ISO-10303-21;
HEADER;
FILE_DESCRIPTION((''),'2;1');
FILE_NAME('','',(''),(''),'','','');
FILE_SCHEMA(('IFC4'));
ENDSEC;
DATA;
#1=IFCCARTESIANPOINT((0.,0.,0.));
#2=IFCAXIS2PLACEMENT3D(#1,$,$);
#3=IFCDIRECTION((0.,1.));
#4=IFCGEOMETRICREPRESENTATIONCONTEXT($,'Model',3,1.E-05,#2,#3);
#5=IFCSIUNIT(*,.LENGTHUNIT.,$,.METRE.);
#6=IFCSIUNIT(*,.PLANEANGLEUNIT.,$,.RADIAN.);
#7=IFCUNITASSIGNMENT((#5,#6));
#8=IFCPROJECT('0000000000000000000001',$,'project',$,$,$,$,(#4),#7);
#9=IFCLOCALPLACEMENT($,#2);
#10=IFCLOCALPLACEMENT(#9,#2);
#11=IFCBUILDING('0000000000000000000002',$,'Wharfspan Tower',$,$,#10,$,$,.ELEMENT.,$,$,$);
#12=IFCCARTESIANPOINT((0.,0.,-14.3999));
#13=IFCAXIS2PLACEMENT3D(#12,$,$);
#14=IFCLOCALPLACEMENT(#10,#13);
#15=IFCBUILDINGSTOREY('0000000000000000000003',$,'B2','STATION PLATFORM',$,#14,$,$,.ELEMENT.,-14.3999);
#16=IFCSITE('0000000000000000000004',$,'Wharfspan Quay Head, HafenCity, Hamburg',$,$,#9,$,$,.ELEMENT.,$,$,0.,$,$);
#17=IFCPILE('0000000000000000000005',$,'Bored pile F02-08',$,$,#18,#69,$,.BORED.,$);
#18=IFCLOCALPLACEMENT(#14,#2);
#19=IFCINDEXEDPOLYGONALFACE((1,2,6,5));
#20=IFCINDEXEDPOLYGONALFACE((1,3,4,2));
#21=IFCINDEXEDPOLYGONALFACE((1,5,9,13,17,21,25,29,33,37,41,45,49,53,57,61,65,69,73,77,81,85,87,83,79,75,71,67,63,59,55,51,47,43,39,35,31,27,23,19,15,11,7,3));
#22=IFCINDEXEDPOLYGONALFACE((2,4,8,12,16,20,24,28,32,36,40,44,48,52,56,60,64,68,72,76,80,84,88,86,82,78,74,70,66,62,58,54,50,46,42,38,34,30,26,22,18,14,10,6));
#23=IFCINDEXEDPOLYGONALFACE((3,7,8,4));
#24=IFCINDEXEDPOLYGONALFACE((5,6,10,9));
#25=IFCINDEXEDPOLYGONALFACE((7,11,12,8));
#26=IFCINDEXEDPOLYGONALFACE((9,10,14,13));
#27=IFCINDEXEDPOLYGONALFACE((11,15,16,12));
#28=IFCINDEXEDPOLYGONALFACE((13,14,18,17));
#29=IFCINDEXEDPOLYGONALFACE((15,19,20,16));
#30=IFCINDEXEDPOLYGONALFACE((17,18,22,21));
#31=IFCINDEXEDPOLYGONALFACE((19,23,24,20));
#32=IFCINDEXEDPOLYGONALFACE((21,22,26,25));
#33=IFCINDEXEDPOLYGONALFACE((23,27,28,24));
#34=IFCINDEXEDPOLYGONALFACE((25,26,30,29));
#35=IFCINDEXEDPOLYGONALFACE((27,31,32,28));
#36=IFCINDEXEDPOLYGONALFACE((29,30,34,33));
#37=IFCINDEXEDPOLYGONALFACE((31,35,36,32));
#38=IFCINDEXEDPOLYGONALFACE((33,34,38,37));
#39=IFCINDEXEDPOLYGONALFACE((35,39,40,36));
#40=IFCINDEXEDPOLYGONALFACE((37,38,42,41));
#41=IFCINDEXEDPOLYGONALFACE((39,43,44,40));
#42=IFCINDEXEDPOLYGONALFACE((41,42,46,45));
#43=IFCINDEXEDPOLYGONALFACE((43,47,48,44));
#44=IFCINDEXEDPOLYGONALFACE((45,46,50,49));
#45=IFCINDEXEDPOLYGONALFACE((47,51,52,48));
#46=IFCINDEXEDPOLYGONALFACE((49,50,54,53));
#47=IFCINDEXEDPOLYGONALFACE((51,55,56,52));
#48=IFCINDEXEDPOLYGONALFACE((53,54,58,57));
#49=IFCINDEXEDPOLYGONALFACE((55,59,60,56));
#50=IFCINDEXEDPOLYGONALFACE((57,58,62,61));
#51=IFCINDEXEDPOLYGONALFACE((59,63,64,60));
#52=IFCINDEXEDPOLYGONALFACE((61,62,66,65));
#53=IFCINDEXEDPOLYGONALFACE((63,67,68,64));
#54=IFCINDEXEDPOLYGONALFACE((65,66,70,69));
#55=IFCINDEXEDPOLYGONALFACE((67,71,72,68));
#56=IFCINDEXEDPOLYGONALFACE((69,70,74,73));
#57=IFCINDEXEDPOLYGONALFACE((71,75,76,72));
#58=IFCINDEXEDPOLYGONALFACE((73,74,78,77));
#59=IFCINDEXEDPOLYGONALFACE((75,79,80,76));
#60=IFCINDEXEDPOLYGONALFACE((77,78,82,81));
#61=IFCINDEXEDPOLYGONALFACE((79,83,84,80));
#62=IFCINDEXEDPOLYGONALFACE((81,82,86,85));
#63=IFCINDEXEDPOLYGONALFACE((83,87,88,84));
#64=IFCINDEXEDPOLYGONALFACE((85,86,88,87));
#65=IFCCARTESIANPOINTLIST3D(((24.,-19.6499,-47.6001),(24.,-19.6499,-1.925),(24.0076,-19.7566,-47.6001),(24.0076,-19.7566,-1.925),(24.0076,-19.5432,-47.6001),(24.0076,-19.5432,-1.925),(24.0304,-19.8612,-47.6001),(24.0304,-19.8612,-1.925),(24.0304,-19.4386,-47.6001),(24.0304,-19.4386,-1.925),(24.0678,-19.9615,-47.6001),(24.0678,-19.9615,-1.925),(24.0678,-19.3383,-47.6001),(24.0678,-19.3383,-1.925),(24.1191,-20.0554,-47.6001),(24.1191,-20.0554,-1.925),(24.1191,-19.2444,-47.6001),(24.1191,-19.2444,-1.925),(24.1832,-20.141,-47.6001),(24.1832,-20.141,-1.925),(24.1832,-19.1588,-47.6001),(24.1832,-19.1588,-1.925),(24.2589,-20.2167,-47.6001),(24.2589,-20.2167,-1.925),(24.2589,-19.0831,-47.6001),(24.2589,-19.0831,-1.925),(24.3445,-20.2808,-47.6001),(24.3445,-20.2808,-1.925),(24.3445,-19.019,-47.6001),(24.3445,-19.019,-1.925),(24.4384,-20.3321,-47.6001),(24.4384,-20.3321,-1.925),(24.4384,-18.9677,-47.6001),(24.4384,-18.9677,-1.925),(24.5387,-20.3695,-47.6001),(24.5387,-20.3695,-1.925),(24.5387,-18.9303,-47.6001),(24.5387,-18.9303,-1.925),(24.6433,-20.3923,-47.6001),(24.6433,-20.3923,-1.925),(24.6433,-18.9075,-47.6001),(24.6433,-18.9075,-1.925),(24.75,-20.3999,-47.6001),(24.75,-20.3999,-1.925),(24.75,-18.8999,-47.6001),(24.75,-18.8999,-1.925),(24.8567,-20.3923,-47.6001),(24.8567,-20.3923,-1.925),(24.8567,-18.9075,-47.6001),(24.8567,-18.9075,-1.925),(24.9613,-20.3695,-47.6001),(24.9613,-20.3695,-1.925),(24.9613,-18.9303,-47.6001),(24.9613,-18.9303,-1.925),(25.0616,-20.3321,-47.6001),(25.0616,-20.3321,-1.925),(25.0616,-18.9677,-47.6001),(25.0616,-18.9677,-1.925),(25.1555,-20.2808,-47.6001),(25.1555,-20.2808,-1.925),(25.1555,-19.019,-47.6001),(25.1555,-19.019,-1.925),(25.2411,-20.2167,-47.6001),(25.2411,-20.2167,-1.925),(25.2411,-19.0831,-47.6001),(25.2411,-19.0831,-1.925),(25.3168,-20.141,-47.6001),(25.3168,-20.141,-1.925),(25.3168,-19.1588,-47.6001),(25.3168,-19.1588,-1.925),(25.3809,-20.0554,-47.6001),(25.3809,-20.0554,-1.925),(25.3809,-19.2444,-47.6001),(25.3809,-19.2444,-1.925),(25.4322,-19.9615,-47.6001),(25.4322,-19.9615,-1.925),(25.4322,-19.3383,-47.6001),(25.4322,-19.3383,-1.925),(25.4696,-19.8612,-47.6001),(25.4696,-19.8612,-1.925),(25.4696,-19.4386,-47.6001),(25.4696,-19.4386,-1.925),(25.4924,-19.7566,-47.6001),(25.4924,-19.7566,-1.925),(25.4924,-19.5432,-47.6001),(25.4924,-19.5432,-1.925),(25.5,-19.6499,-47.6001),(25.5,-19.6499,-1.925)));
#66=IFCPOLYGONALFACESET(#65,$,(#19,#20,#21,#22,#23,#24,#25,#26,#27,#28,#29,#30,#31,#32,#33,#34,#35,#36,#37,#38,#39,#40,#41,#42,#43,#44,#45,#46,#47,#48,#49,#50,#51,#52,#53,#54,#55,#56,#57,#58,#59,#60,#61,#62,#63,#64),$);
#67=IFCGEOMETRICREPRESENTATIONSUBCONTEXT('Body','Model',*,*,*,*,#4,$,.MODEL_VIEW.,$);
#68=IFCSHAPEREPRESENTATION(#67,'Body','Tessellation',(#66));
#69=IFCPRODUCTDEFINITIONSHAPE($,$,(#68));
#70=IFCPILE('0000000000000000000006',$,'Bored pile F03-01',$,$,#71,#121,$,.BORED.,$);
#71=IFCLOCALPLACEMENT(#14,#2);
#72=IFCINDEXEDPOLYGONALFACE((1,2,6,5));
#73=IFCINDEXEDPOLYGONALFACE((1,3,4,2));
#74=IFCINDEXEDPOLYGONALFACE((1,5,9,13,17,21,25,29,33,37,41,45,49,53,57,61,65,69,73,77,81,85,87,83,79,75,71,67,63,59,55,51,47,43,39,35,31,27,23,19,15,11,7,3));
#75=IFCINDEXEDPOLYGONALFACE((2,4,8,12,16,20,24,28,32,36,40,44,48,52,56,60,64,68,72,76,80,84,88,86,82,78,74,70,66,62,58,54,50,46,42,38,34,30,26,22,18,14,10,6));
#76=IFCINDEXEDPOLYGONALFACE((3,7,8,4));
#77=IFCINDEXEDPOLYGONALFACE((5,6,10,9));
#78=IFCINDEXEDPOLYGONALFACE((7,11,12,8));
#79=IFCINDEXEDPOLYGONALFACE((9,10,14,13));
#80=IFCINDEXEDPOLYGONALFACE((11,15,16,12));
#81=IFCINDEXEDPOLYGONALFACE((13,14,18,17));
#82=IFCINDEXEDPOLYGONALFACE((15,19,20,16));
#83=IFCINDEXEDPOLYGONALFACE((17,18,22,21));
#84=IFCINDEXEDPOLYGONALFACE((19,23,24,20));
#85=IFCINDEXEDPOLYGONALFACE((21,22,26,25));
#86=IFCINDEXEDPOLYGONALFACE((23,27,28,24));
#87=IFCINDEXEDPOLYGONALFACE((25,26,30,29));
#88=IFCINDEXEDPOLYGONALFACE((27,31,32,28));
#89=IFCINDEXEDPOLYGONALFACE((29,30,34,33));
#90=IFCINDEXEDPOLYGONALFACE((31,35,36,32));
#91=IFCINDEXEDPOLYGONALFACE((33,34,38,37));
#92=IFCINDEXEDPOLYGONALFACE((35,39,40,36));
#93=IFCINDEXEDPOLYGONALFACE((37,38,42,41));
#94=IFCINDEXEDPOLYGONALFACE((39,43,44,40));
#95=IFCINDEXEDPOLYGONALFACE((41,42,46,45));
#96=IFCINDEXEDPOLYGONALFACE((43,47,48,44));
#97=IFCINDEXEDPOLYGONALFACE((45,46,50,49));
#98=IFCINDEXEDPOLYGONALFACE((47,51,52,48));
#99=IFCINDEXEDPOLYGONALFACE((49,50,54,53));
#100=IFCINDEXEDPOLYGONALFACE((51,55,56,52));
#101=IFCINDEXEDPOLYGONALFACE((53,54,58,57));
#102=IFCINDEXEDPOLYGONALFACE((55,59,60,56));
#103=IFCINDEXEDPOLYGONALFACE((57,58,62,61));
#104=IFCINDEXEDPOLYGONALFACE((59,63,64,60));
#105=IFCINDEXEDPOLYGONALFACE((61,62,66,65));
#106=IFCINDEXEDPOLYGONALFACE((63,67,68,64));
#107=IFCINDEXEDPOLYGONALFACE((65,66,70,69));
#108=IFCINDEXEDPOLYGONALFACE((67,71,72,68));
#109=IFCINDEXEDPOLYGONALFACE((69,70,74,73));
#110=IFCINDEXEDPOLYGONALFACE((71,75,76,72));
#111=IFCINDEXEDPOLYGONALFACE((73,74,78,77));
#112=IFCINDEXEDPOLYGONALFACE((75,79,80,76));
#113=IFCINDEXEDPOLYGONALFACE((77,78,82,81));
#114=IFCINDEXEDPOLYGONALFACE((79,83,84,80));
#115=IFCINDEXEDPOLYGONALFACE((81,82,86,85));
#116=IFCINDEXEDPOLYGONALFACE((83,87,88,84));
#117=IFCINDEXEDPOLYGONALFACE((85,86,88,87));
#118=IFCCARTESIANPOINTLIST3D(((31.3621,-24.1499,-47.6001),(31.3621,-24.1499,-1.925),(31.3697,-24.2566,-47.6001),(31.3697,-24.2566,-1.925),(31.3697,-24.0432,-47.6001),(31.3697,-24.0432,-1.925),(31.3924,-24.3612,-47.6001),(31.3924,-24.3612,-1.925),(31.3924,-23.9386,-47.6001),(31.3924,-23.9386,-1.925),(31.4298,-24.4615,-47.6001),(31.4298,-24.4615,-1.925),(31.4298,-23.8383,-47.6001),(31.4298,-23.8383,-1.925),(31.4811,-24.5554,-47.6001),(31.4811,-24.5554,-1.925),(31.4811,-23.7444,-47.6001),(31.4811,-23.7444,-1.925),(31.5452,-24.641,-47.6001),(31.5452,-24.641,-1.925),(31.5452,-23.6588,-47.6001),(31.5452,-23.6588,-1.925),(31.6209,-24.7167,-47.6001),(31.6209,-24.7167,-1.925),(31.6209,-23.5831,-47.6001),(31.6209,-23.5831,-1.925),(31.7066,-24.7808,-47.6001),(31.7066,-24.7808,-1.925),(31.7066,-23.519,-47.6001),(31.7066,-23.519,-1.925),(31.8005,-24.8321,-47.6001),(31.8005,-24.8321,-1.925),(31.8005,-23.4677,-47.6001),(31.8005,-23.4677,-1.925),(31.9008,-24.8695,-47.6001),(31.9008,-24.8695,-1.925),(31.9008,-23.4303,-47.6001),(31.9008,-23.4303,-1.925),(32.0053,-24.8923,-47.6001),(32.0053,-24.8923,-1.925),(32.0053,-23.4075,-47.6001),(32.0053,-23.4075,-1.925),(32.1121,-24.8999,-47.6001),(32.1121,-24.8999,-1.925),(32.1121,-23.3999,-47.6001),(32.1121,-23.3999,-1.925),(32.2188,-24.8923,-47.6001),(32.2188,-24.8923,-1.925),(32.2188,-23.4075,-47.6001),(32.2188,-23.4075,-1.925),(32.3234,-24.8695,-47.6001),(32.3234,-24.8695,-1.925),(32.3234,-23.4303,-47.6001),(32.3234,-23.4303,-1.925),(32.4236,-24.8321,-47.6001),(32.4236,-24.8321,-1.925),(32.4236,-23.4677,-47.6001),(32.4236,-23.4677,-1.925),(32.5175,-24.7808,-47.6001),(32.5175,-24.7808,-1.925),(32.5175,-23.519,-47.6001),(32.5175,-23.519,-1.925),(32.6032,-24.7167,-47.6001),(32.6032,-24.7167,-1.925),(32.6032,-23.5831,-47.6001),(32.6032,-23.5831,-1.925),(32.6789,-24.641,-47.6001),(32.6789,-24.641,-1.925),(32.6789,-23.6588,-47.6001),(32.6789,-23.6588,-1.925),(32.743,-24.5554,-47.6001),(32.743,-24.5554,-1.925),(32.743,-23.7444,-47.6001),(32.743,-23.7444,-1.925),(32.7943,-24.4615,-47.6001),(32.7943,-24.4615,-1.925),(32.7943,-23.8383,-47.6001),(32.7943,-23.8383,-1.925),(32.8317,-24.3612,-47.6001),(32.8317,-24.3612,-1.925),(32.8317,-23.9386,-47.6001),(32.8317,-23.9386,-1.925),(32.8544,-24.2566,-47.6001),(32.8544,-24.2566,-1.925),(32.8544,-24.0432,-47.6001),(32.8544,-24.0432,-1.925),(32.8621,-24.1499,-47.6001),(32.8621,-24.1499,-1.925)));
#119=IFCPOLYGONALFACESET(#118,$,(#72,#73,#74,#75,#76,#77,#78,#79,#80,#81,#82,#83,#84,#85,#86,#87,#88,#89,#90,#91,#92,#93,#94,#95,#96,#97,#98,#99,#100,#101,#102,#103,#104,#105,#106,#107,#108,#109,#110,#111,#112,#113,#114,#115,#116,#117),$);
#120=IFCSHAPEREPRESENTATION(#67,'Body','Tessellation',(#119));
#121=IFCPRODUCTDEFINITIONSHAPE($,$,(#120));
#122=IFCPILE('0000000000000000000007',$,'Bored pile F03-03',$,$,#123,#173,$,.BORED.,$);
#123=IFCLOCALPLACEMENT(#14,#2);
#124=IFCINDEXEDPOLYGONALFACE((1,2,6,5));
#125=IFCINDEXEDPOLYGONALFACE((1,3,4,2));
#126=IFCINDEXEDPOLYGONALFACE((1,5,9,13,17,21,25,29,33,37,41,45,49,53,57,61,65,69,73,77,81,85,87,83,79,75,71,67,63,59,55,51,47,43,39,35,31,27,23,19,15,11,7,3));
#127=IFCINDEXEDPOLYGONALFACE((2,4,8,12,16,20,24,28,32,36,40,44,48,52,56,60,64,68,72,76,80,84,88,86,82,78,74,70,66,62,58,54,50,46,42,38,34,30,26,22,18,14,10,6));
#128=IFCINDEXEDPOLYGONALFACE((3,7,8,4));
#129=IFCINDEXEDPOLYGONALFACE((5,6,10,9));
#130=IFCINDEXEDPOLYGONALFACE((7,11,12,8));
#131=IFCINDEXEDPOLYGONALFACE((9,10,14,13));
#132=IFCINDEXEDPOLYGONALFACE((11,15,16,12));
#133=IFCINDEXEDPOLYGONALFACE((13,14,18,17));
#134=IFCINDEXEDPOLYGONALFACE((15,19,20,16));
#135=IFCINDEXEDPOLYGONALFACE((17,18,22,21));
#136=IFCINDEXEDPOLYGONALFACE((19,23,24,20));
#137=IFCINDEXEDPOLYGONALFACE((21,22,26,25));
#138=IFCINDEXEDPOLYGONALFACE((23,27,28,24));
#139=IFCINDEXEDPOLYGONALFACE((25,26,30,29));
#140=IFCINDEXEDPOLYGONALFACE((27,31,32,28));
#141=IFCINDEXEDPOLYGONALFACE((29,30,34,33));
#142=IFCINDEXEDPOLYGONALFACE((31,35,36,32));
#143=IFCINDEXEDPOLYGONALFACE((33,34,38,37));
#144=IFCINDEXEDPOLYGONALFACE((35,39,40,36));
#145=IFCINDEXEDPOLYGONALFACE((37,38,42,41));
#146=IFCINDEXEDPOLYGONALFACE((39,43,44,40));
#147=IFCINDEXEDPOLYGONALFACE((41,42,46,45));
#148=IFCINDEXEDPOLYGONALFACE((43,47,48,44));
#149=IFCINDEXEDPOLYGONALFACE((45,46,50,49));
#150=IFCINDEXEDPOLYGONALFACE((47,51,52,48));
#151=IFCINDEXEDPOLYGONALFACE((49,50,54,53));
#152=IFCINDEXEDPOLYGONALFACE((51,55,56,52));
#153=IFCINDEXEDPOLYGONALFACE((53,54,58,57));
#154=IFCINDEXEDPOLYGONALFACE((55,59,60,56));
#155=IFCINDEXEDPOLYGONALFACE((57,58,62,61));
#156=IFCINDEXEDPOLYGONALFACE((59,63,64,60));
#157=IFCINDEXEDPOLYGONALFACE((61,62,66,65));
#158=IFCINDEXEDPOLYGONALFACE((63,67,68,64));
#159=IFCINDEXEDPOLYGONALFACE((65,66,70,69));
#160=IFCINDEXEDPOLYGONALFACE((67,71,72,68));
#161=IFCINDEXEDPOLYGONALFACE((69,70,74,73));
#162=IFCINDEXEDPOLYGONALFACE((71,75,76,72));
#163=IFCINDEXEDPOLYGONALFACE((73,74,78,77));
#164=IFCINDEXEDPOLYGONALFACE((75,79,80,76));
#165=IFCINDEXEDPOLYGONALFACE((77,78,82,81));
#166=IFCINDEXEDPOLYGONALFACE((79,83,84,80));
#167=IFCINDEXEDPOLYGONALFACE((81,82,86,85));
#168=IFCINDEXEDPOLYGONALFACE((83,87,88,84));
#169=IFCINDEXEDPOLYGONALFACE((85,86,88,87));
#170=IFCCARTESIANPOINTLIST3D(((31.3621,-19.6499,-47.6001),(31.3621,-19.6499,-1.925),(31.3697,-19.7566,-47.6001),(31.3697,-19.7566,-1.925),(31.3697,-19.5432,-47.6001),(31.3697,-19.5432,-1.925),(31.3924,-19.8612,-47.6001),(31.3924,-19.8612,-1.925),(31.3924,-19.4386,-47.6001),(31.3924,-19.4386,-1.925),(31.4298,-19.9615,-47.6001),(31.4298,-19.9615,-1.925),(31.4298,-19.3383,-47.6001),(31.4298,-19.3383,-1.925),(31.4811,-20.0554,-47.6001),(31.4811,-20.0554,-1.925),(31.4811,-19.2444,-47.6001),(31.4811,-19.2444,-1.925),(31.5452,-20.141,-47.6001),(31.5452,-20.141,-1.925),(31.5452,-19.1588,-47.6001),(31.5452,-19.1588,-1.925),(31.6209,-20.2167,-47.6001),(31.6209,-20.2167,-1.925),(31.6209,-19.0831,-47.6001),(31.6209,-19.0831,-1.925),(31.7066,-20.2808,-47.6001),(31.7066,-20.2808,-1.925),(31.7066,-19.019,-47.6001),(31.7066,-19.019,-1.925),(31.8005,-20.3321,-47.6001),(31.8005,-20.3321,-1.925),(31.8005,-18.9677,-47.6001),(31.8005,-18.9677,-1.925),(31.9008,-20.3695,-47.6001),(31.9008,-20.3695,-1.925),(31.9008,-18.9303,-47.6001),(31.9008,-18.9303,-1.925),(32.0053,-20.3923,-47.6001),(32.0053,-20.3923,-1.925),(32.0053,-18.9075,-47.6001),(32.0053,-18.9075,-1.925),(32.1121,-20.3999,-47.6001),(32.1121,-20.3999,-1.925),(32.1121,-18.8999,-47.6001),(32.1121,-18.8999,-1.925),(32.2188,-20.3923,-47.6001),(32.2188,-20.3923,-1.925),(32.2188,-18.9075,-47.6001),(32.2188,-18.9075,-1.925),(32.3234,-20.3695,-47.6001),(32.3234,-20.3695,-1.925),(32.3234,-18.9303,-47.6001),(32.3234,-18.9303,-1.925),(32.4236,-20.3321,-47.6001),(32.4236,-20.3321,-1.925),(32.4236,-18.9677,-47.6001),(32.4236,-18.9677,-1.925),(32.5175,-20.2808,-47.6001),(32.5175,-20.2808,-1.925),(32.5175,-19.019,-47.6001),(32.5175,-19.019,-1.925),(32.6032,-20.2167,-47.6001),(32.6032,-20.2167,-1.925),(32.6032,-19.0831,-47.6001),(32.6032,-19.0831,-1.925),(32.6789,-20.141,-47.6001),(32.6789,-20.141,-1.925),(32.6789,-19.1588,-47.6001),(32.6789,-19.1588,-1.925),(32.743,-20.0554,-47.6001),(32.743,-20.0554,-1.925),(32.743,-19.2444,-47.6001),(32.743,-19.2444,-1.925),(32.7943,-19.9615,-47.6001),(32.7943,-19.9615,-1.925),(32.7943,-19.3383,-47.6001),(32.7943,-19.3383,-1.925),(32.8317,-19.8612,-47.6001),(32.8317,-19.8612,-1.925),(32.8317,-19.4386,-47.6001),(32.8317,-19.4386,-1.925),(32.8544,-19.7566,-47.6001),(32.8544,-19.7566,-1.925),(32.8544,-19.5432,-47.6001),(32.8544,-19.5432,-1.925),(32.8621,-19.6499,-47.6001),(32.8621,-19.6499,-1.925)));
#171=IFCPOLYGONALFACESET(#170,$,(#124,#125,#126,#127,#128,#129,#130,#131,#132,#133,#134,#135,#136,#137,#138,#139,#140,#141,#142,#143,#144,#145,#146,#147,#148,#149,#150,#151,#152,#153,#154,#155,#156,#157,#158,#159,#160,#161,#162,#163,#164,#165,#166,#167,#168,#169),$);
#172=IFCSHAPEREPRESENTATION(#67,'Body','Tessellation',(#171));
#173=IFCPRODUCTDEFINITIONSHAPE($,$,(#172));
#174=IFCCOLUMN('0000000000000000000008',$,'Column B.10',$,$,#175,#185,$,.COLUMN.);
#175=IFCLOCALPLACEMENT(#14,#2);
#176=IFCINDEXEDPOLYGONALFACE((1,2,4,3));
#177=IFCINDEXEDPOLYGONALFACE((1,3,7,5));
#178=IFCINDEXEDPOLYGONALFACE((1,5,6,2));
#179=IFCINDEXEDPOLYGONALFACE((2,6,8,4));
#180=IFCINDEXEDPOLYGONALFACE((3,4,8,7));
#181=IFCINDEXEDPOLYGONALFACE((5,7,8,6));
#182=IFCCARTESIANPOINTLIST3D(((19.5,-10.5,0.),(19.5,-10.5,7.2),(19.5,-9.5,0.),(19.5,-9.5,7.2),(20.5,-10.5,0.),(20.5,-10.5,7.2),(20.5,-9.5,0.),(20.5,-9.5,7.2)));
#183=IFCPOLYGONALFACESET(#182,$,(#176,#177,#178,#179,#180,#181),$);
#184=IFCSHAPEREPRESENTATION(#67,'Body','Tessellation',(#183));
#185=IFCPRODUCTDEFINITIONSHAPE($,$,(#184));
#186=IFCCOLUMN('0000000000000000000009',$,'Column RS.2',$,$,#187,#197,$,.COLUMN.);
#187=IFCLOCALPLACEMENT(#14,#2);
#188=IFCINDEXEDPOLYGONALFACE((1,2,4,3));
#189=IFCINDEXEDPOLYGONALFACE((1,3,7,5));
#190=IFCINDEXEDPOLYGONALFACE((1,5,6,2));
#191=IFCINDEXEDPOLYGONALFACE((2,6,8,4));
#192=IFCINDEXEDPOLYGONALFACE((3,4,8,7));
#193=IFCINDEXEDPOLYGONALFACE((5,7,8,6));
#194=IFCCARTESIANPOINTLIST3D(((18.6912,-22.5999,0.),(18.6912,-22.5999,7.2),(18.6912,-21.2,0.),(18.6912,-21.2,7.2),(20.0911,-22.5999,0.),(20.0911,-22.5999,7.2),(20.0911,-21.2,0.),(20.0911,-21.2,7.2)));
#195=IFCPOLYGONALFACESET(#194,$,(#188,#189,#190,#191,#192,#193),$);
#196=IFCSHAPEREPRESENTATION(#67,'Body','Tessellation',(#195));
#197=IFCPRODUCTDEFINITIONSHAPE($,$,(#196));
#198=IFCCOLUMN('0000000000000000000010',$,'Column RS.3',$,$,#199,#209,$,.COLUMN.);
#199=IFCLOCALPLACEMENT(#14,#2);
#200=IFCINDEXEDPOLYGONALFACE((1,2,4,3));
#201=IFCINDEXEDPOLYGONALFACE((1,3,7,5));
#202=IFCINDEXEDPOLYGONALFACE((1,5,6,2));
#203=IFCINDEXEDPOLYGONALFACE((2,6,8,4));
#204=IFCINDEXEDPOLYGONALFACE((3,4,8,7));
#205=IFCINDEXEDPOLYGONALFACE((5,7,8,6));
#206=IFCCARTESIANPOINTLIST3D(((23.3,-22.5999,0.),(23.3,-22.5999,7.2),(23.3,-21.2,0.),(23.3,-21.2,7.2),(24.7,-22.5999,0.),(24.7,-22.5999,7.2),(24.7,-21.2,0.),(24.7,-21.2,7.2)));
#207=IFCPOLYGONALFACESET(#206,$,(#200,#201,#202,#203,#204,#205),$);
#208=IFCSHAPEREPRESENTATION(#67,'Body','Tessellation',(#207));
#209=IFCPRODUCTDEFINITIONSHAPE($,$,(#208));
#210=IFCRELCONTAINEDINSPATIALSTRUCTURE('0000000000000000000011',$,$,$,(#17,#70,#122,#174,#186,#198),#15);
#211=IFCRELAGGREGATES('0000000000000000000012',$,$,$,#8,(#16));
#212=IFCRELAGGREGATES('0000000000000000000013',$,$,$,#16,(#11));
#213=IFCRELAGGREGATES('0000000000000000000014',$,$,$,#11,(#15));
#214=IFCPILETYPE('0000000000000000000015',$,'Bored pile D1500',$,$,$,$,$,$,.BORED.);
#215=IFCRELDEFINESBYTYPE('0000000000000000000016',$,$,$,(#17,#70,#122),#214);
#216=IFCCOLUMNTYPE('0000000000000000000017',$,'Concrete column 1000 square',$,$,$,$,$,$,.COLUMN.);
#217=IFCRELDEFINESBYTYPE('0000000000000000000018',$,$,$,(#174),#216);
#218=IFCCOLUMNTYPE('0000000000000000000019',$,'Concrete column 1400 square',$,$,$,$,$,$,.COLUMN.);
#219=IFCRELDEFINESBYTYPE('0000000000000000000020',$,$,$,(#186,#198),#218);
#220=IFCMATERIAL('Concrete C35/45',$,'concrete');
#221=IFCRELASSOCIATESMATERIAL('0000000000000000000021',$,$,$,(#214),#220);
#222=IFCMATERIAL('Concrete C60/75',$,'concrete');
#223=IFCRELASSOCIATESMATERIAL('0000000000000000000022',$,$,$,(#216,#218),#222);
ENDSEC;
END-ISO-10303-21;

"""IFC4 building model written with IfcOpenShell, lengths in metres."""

from ifc_helpers import new_model, si_unit, direction, frame, origin, origin_2d, place, context, subcontext, project, spatial, rectangle, circle, extrude, material, material_profile, profile_set, type_object, element, save


model = new_model("IFC4")

# Units and contexts
model_context = context("Model", 3, precision=1e-05, world=origin(), true_north=direction((0.0, 1.0)))
body_context = subcontext(model_context, "Body", "Model", "MODEL_VIEW")
ifc_project = project(units=[si_unit("LENGTHUNIT", "METRE"), si_unit("PLANEANGLEUNIT", "RADIAN")], contexts=[model_context])

# Site, building, storey
site_placement = place(None, origin())
site = spatial("IfcSite", under=ifc_project, at=site_placement, Name="Wharfspan Quay Head, HafenCity, Hamburg", CompositionType="ELEMENT", RefElevation=0.0)
building_placement = place(site_placement, origin())
building = spatial("IfcBuilding", under=site, at=building_placement, Name="Wharfspan Tower", CompositionType="ELEMENT")
storey_placement = place(building_placement, frame((0.0, 0.0, -14.3999)))
storey = spatial("IfcBuildingStorey", under=building, at=storey_placement, Name="B2", Description="STATION PLATFORM", CompositionType="ELEMENT", Elevation=-14.3999)

# Piles
ifc_material_1 = material(Name="Concrete C35/45", Category="concrete")
ifc_material_profile_1 = material_profile(ifc_material_1, circle(Radius=0.75, at=origin_2d()))
ifc_profile_set_1 = profile_set([ifc_material_profile_1], Name="Concrete C35/45")
pile_type = type_object("IfcPileType", Name="Bored pile D1500", PredefinedType="BORED", material=ifc_profile_set_1)
for number, where, z_axis, x_axis, name in (
    (1, (24.75, -19.6499, -1.925), (0.0, 0.0, -1.0), (1.0, 0.0, 0.0), "Bored pile F02-08"),
    (2, (32.1121, -24.1499, -1.925), (0.0, 0.0, -1.0), (1.0, 0.0, 0.0), "Bored pile F03-01"),
    (3, (32.1121, -19.6499, -1.925), (0.0, 0.0, -1.0), (1.0, 0.0, 0.0), "Bored pile F03-03"),
):
    element("IfcPile", number, at=place(storey_placement, frame(where, z_axis=z_axis, x_axis=x_axis)), inside=storey, type_object=pile_type, Name=name, PredefinedType="BORED", context=body_context, shape_type="SweptSolid", body=[
        extrude(circle(Radius=0.75, at=origin_2d()), origin(), (0.0, 0.0, 1.0), 45.675),
    ])

# Columns
ifc_material_2 = material(Name="Concrete C60/75", Category="concrete")
ifc_material_profile_2 = material_profile(ifc_material_2, rectangle(XDim=1.0, YDim=1.0, at=origin_2d()))
ifc_profile_set_2 = profile_set([ifc_material_profile_2], Name="Concrete C60/75")
column_type_1 = type_object("IfcColumnType", Name="Concrete column 1000 square", PredefinedType="COLUMN", material=ifc_profile_set_2)
column_placement = place(storey_placement, frame((20.0, -10.0, 0.0), z_axis=(0.0, 0.0, 1.0), x_axis=(1.0, 0.0, 0.0)))
element("IfcColumn", 4, at=column_placement, inside=storey, type_object=column_type_1, Name="Column B.10", PredefinedType="COLUMN", context=body_context, shape_type="SweptSolid", body=[
    extrude(rectangle(XDim=1.0, YDim=1.0, at=origin_2d()), origin(), (0.0, 0.0, 1.0), 7.2),
])
ifc_material_profile_3 = material_profile(ifc_material_2, rectangle(XDim=1.3999, YDim=1.3999, at=origin_2d()))
ifc_profile_set_3 = profile_set([ifc_material_profile_3], Name="Concrete C60/75")
column_type_2 = type_object("IfcColumnType", Name="Concrete column 1400 square", PredefinedType="COLUMN", material=ifc_profile_set_3)
for number, where, z_axis, x_axis, name in (
    (5, (19.3911, -21.8999, 0.0), (0.0, 0.0, 1.0), (1.0, 0.0, 0.0), "Column RS.2"),
    (6, (24.0, -21.8999, 0.0), (0.0, 0.0, 1.0), (1.0, 0.0, 0.0), "Column RS.3"),
):
    element("IfcColumn", number, at=place(storey_placement, frame(where, z_axis=z_axis, x_axis=x_axis)), inside=storey, type_object=column_type_2, Name=name, PredefinedType="COLUMN", context=body_context, shape_type="SweptSolid", body=[
        extrude(rectangle(XDim=1.3999, YDim=1.3999, at=origin_2d()), origin(), (0.0, 0.0, 1.0), 7.2),
    ])

save(model, "model.ifc")
